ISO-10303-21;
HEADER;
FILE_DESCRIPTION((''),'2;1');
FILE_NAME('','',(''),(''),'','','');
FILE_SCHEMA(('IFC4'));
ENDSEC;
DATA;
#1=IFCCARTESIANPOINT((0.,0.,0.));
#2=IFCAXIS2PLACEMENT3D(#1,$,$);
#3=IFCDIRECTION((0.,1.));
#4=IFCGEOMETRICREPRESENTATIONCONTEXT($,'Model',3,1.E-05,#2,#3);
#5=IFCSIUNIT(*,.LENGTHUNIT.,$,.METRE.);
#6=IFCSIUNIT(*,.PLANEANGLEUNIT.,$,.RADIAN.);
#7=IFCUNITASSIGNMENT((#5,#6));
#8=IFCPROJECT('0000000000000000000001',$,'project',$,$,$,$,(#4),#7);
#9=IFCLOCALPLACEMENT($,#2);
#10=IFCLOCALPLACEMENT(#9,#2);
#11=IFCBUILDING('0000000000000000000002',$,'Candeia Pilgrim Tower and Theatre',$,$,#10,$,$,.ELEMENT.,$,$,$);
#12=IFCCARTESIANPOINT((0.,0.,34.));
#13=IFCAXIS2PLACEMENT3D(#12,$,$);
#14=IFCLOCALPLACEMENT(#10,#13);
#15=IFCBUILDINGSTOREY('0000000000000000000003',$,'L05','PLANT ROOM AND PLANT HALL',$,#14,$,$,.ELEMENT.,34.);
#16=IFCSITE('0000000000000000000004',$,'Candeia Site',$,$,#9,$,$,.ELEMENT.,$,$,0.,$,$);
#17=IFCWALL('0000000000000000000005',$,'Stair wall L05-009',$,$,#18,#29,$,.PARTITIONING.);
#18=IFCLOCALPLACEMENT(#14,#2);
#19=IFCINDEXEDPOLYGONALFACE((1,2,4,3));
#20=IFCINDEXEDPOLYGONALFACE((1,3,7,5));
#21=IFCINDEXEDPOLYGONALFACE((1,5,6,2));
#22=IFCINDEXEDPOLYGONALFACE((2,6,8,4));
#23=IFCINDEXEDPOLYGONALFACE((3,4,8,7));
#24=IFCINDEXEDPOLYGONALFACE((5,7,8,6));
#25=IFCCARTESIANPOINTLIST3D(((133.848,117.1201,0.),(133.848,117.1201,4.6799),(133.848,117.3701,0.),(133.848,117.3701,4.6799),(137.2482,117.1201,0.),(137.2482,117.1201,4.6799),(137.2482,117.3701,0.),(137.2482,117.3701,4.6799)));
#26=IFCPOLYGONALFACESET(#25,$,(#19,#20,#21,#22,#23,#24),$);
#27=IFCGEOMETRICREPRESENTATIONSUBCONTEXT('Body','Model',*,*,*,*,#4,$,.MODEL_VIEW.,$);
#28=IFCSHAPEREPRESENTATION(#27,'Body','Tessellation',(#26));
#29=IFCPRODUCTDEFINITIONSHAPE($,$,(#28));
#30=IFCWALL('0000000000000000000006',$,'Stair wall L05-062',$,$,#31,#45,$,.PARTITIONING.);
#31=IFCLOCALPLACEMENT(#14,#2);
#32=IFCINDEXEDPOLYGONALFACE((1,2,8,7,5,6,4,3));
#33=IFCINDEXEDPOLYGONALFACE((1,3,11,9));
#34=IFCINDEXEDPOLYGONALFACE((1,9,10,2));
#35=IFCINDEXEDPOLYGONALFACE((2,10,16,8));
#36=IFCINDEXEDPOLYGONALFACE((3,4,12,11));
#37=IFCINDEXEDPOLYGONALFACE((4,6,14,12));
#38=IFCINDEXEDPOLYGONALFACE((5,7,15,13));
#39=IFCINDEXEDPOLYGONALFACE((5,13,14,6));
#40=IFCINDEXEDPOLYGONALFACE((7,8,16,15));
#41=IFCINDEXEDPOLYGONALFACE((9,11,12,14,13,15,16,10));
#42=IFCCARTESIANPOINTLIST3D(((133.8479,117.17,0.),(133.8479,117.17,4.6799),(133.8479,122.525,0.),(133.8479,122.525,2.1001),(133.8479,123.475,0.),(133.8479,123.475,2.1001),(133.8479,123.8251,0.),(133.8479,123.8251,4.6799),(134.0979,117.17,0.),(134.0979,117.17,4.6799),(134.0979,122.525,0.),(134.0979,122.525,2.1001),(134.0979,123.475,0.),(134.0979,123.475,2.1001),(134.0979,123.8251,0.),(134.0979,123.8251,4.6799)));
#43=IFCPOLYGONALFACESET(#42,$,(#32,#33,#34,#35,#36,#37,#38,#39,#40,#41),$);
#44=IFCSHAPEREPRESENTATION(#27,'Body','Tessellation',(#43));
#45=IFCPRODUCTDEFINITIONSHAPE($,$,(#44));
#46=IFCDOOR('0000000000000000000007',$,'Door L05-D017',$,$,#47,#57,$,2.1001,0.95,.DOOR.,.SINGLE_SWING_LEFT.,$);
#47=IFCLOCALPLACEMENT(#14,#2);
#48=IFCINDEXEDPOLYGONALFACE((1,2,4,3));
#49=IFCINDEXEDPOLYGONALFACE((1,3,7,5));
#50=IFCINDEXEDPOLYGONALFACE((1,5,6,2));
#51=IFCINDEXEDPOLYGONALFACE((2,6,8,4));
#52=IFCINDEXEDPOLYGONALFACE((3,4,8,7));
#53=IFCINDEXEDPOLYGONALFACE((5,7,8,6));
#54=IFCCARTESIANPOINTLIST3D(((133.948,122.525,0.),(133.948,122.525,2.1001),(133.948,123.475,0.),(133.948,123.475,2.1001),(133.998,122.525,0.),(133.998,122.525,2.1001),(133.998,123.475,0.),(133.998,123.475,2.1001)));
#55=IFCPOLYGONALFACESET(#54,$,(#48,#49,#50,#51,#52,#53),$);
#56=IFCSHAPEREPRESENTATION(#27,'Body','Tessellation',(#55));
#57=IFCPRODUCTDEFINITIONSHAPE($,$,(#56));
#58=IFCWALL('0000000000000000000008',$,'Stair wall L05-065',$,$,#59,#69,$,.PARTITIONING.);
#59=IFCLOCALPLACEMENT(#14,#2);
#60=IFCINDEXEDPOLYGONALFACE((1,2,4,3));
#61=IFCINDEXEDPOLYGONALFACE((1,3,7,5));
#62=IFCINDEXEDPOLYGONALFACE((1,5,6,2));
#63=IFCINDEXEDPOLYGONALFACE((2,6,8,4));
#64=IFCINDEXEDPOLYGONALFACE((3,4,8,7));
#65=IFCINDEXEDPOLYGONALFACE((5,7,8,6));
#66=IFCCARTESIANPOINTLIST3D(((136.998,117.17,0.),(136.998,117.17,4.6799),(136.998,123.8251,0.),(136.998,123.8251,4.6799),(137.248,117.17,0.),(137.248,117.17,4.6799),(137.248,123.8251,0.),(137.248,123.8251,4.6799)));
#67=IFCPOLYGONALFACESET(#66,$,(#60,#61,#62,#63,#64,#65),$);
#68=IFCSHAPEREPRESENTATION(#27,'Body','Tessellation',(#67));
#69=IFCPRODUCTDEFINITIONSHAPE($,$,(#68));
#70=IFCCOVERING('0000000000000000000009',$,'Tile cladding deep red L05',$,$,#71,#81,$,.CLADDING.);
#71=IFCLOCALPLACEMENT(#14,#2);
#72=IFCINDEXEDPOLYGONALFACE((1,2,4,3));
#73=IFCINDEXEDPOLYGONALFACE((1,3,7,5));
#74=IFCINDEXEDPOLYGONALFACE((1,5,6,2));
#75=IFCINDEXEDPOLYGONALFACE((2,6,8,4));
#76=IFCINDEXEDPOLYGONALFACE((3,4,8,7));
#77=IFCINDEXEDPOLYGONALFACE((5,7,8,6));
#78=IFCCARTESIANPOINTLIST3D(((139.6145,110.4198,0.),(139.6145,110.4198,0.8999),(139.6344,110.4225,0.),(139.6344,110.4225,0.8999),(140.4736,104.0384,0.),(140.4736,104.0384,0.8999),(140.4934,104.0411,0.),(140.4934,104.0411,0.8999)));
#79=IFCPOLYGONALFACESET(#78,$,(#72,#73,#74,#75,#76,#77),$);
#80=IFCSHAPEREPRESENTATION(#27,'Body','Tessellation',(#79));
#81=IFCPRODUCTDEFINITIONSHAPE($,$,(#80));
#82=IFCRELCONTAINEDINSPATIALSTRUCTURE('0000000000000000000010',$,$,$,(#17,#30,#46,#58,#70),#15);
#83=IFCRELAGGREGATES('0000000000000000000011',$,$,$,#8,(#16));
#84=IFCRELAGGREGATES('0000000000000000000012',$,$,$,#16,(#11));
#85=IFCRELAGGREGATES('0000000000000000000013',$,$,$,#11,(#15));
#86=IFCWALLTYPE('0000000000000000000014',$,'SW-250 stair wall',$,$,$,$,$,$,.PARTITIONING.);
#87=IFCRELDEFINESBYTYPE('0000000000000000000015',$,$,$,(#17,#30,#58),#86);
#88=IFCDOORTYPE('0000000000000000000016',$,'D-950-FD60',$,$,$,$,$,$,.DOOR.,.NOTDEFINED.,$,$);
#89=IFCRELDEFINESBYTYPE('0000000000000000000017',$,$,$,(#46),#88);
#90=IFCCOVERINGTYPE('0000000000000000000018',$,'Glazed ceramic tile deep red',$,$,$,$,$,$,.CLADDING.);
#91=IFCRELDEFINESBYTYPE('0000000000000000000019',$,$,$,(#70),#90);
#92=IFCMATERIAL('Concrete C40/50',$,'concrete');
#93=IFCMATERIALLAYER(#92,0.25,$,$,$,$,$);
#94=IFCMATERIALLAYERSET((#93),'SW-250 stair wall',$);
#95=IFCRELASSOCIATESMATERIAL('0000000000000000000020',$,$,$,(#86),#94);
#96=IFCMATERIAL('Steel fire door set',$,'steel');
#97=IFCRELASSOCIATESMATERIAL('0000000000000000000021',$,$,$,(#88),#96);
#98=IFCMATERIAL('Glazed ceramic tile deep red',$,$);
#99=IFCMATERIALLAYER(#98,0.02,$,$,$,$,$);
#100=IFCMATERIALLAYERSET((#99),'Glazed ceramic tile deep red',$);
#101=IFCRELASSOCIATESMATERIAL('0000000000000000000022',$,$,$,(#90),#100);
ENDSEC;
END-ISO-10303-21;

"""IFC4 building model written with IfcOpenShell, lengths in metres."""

from ifc_helpers import new_model, si_unit, direction, frame, frame_2d, origin, origin_2d, place, context, subcontext, project, spatial, rectangle, extrude, material, layer, layer_set, type_object, element, fill, save


model = new_model("IFC4")

# Units and contexts
model_context = context("Model", 3, precision=1e-05, world=origin(), true_north=direction((0.0, 1.0)))
body_context = subcontext(model_context, "Body", "Model", "MODEL_VIEW")
ifc_project = project(units=[si_unit("LENGTHUNIT", "METRE"), si_unit("PLANEANGLEUNIT", "RADIAN")], contexts=[model_context])

# Site, building, storey
site_placement = place(None, origin())
site = spatial("IfcSite", under=ifc_project, at=site_placement, Name="Candeia Site", CompositionType="ELEMENT", RefElevation=0.0)
building_placement = place(site_placement, origin())
building = spatial("IfcBuilding", under=site, at=building_placement, Name="Candeia Pilgrim Tower and Theatre", CompositionType="ELEMENT")
storey_placement = place(building_placement, frame((0.0, 0.0, 34.0)))
storey = spatial("IfcBuildingStorey", under=building, at=storey_placement, Name="L05", Description="PLANT ROOM AND PLANT HALL", CompositionType="ELEMENT", Elevation=34.0)

# Shared definitions
ifc_material_1 = material(Name="Steel fire door set", Category="steel")

# Shared definitions
ifc_material_2 = material(Name="Concrete C40/50", Category="concrete")

# Wall
ifc_layer_1 = layer(ifc_material_2, 0.25)
ifc_layer_set_1 = layer_set([ifc_layer_1], Name="SW-250 stair wall")
wall_type_1 = type_object("IfcWallType", Name="SW-250 stair wall", PredefinedType="PARTITIONING", material=ifc_layer_set_1)
wall_1_placement = place(storey_placement, frame((133.8479, 117.2451, 0.0), z_axis=(0.0, 0.0, 1.0), x_axis=(1.0, 0.0, 0.0)))
element("IfcWall", 1, at=wall_1_placement, inside=storey, type_object=wall_type_1, Name="Stair wall L05-009", PredefinedType="PARTITIONING", context=body_context, shape_type="SweptSolid", body=[
    extrude(rectangle(XDim=3.4001, YDim=0.25, at=frame_2d((1.7002, 0.0))), origin(), (0.0, 0.0, 1.0), 4.6799),
])

# Wall, opening, door
wall_2_placement = place(storey_placement, frame((133.9729, 117.1699, 0.0), z_axis=(0.0, 0.0, 1.0), x_axis=(0.0, 1.0, 0.0)))
wall_2 = element("IfcWall", 2, at=wall_2_placement, inside=storey, type_object=wall_type_1, Name="Stair wall L05-062", PredefinedType="PARTITIONING", context=body_context, shape_type="SweptSolid", body=[
    extrude(rectangle(XDim=6.655, YDim=0.25, at=frame_2d((3.3276, 0.0))), origin(), (0.0, 0.0, 1.0), 4.6799),
])
opening_1_placement = place(wall_2_placement, frame((5.355, 0.0, 0.0)))
opening_1 = element("IfcOpeningElement", 3, at=opening_1_placement, cuts=wall_2, PredefinedType="OPENING", context=body_context, shape_type="SweptSolid", body=[
    extrude(rectangle(XDim=0.95, YDim=2.1001, at=frame_2d((0.4751, 1.05))), frame((0.0, 0.135, 0.0), z_axis=(0.0, -1.0, 0.0), x_axis=(1.0, 0.0, 0.0)), (0.0, 0.0, 1.0), 0.27),
])
door_type_1 = type_object("IfcDoorType", Name="D-950-FD60", OperationType="NOTDEFINED", PredefinedType="DOOR", material=ifc_material_1)
door_1_placement = place(opening_1_placement, origin())
door_1 = element("IfcDoor", 4, at=door_1_placement, inside=storey, type_object=door_type_1, Name="Door L05-D017", OperationType="SINGLE_SWING_LEFT", OverallHeight=2.1001, OverallWidth=0.95, PredefinedType="DOOR", context=body_context, shape_type="SweptSolid", body=[
    extrude(rectangle(XDim=0.95, YDim=2.1001, at=frame_2d((0.4751, 1.05))), frame((0.0, 0.0249, 0.0), z_axis=(0.0, -1.0, 0.0), x_axis=(1.0, 0.0, 0.0)), (0.0, 0.0, 1.0), 0.05),
])
fill(opening_1, door_1)

# Wall
wall_3_placement = place(storey_placement, frame((137.123, 117.1699, 0.0), z_axis=(0.0, 0.0, 1.0), x_axis=(0.0, 1.0, 0.0)))
element("IfcWall", 5, at=wall_3_placement, inside=storey, type_object=wall_type_1, Name="Stair wall L05-065", PredefinedType="PARTITIONING", context=body_context, shape_type="SweptSolid", body=[
    extrude(rectangle(XDim=6.655, YDim=0.25, at=frame_2d((3.3276, 0.0))), origin(), (0.0, 0.0, 1.0), 4.6799),
])

# Covering
ifc_material_3 = material(Name="Glazed ceramic tile deep red")
ifc_layer_2 = layer(ifc_material_3, 0.02)
ifc_layer_set_2 = layer_set([ifc_layer_2], Name="Glazed ceramic tile deep red")
covering_type = type_object("IfcCoveringType", Name="Glazed ceramic tile deep red", PredefinedType="CLADDING", material=ifc_layer_set_2)
covering_placement = place(storey_placement, frame((140.054, 107.2305, 0.0), z_axis=(0.0, 0.0, 1.0), x_axis=(-0.133412, 0.991061, 0.0)))
element("IfcCovering", 6, at=covering_placement, inside=storey, type_object=covering_type, Name="Tile cladding deep red L05", PredefinedType="CLADDING", context=body_context, shape_type="SweptSolid", body=[
    extrude(rectangle(XDim=6.439, YDim=0.02, at=origin_2d()), origin(), (0.0, 0.0, 1.0), 0.8999),
])

save(model, "model.ifc")
